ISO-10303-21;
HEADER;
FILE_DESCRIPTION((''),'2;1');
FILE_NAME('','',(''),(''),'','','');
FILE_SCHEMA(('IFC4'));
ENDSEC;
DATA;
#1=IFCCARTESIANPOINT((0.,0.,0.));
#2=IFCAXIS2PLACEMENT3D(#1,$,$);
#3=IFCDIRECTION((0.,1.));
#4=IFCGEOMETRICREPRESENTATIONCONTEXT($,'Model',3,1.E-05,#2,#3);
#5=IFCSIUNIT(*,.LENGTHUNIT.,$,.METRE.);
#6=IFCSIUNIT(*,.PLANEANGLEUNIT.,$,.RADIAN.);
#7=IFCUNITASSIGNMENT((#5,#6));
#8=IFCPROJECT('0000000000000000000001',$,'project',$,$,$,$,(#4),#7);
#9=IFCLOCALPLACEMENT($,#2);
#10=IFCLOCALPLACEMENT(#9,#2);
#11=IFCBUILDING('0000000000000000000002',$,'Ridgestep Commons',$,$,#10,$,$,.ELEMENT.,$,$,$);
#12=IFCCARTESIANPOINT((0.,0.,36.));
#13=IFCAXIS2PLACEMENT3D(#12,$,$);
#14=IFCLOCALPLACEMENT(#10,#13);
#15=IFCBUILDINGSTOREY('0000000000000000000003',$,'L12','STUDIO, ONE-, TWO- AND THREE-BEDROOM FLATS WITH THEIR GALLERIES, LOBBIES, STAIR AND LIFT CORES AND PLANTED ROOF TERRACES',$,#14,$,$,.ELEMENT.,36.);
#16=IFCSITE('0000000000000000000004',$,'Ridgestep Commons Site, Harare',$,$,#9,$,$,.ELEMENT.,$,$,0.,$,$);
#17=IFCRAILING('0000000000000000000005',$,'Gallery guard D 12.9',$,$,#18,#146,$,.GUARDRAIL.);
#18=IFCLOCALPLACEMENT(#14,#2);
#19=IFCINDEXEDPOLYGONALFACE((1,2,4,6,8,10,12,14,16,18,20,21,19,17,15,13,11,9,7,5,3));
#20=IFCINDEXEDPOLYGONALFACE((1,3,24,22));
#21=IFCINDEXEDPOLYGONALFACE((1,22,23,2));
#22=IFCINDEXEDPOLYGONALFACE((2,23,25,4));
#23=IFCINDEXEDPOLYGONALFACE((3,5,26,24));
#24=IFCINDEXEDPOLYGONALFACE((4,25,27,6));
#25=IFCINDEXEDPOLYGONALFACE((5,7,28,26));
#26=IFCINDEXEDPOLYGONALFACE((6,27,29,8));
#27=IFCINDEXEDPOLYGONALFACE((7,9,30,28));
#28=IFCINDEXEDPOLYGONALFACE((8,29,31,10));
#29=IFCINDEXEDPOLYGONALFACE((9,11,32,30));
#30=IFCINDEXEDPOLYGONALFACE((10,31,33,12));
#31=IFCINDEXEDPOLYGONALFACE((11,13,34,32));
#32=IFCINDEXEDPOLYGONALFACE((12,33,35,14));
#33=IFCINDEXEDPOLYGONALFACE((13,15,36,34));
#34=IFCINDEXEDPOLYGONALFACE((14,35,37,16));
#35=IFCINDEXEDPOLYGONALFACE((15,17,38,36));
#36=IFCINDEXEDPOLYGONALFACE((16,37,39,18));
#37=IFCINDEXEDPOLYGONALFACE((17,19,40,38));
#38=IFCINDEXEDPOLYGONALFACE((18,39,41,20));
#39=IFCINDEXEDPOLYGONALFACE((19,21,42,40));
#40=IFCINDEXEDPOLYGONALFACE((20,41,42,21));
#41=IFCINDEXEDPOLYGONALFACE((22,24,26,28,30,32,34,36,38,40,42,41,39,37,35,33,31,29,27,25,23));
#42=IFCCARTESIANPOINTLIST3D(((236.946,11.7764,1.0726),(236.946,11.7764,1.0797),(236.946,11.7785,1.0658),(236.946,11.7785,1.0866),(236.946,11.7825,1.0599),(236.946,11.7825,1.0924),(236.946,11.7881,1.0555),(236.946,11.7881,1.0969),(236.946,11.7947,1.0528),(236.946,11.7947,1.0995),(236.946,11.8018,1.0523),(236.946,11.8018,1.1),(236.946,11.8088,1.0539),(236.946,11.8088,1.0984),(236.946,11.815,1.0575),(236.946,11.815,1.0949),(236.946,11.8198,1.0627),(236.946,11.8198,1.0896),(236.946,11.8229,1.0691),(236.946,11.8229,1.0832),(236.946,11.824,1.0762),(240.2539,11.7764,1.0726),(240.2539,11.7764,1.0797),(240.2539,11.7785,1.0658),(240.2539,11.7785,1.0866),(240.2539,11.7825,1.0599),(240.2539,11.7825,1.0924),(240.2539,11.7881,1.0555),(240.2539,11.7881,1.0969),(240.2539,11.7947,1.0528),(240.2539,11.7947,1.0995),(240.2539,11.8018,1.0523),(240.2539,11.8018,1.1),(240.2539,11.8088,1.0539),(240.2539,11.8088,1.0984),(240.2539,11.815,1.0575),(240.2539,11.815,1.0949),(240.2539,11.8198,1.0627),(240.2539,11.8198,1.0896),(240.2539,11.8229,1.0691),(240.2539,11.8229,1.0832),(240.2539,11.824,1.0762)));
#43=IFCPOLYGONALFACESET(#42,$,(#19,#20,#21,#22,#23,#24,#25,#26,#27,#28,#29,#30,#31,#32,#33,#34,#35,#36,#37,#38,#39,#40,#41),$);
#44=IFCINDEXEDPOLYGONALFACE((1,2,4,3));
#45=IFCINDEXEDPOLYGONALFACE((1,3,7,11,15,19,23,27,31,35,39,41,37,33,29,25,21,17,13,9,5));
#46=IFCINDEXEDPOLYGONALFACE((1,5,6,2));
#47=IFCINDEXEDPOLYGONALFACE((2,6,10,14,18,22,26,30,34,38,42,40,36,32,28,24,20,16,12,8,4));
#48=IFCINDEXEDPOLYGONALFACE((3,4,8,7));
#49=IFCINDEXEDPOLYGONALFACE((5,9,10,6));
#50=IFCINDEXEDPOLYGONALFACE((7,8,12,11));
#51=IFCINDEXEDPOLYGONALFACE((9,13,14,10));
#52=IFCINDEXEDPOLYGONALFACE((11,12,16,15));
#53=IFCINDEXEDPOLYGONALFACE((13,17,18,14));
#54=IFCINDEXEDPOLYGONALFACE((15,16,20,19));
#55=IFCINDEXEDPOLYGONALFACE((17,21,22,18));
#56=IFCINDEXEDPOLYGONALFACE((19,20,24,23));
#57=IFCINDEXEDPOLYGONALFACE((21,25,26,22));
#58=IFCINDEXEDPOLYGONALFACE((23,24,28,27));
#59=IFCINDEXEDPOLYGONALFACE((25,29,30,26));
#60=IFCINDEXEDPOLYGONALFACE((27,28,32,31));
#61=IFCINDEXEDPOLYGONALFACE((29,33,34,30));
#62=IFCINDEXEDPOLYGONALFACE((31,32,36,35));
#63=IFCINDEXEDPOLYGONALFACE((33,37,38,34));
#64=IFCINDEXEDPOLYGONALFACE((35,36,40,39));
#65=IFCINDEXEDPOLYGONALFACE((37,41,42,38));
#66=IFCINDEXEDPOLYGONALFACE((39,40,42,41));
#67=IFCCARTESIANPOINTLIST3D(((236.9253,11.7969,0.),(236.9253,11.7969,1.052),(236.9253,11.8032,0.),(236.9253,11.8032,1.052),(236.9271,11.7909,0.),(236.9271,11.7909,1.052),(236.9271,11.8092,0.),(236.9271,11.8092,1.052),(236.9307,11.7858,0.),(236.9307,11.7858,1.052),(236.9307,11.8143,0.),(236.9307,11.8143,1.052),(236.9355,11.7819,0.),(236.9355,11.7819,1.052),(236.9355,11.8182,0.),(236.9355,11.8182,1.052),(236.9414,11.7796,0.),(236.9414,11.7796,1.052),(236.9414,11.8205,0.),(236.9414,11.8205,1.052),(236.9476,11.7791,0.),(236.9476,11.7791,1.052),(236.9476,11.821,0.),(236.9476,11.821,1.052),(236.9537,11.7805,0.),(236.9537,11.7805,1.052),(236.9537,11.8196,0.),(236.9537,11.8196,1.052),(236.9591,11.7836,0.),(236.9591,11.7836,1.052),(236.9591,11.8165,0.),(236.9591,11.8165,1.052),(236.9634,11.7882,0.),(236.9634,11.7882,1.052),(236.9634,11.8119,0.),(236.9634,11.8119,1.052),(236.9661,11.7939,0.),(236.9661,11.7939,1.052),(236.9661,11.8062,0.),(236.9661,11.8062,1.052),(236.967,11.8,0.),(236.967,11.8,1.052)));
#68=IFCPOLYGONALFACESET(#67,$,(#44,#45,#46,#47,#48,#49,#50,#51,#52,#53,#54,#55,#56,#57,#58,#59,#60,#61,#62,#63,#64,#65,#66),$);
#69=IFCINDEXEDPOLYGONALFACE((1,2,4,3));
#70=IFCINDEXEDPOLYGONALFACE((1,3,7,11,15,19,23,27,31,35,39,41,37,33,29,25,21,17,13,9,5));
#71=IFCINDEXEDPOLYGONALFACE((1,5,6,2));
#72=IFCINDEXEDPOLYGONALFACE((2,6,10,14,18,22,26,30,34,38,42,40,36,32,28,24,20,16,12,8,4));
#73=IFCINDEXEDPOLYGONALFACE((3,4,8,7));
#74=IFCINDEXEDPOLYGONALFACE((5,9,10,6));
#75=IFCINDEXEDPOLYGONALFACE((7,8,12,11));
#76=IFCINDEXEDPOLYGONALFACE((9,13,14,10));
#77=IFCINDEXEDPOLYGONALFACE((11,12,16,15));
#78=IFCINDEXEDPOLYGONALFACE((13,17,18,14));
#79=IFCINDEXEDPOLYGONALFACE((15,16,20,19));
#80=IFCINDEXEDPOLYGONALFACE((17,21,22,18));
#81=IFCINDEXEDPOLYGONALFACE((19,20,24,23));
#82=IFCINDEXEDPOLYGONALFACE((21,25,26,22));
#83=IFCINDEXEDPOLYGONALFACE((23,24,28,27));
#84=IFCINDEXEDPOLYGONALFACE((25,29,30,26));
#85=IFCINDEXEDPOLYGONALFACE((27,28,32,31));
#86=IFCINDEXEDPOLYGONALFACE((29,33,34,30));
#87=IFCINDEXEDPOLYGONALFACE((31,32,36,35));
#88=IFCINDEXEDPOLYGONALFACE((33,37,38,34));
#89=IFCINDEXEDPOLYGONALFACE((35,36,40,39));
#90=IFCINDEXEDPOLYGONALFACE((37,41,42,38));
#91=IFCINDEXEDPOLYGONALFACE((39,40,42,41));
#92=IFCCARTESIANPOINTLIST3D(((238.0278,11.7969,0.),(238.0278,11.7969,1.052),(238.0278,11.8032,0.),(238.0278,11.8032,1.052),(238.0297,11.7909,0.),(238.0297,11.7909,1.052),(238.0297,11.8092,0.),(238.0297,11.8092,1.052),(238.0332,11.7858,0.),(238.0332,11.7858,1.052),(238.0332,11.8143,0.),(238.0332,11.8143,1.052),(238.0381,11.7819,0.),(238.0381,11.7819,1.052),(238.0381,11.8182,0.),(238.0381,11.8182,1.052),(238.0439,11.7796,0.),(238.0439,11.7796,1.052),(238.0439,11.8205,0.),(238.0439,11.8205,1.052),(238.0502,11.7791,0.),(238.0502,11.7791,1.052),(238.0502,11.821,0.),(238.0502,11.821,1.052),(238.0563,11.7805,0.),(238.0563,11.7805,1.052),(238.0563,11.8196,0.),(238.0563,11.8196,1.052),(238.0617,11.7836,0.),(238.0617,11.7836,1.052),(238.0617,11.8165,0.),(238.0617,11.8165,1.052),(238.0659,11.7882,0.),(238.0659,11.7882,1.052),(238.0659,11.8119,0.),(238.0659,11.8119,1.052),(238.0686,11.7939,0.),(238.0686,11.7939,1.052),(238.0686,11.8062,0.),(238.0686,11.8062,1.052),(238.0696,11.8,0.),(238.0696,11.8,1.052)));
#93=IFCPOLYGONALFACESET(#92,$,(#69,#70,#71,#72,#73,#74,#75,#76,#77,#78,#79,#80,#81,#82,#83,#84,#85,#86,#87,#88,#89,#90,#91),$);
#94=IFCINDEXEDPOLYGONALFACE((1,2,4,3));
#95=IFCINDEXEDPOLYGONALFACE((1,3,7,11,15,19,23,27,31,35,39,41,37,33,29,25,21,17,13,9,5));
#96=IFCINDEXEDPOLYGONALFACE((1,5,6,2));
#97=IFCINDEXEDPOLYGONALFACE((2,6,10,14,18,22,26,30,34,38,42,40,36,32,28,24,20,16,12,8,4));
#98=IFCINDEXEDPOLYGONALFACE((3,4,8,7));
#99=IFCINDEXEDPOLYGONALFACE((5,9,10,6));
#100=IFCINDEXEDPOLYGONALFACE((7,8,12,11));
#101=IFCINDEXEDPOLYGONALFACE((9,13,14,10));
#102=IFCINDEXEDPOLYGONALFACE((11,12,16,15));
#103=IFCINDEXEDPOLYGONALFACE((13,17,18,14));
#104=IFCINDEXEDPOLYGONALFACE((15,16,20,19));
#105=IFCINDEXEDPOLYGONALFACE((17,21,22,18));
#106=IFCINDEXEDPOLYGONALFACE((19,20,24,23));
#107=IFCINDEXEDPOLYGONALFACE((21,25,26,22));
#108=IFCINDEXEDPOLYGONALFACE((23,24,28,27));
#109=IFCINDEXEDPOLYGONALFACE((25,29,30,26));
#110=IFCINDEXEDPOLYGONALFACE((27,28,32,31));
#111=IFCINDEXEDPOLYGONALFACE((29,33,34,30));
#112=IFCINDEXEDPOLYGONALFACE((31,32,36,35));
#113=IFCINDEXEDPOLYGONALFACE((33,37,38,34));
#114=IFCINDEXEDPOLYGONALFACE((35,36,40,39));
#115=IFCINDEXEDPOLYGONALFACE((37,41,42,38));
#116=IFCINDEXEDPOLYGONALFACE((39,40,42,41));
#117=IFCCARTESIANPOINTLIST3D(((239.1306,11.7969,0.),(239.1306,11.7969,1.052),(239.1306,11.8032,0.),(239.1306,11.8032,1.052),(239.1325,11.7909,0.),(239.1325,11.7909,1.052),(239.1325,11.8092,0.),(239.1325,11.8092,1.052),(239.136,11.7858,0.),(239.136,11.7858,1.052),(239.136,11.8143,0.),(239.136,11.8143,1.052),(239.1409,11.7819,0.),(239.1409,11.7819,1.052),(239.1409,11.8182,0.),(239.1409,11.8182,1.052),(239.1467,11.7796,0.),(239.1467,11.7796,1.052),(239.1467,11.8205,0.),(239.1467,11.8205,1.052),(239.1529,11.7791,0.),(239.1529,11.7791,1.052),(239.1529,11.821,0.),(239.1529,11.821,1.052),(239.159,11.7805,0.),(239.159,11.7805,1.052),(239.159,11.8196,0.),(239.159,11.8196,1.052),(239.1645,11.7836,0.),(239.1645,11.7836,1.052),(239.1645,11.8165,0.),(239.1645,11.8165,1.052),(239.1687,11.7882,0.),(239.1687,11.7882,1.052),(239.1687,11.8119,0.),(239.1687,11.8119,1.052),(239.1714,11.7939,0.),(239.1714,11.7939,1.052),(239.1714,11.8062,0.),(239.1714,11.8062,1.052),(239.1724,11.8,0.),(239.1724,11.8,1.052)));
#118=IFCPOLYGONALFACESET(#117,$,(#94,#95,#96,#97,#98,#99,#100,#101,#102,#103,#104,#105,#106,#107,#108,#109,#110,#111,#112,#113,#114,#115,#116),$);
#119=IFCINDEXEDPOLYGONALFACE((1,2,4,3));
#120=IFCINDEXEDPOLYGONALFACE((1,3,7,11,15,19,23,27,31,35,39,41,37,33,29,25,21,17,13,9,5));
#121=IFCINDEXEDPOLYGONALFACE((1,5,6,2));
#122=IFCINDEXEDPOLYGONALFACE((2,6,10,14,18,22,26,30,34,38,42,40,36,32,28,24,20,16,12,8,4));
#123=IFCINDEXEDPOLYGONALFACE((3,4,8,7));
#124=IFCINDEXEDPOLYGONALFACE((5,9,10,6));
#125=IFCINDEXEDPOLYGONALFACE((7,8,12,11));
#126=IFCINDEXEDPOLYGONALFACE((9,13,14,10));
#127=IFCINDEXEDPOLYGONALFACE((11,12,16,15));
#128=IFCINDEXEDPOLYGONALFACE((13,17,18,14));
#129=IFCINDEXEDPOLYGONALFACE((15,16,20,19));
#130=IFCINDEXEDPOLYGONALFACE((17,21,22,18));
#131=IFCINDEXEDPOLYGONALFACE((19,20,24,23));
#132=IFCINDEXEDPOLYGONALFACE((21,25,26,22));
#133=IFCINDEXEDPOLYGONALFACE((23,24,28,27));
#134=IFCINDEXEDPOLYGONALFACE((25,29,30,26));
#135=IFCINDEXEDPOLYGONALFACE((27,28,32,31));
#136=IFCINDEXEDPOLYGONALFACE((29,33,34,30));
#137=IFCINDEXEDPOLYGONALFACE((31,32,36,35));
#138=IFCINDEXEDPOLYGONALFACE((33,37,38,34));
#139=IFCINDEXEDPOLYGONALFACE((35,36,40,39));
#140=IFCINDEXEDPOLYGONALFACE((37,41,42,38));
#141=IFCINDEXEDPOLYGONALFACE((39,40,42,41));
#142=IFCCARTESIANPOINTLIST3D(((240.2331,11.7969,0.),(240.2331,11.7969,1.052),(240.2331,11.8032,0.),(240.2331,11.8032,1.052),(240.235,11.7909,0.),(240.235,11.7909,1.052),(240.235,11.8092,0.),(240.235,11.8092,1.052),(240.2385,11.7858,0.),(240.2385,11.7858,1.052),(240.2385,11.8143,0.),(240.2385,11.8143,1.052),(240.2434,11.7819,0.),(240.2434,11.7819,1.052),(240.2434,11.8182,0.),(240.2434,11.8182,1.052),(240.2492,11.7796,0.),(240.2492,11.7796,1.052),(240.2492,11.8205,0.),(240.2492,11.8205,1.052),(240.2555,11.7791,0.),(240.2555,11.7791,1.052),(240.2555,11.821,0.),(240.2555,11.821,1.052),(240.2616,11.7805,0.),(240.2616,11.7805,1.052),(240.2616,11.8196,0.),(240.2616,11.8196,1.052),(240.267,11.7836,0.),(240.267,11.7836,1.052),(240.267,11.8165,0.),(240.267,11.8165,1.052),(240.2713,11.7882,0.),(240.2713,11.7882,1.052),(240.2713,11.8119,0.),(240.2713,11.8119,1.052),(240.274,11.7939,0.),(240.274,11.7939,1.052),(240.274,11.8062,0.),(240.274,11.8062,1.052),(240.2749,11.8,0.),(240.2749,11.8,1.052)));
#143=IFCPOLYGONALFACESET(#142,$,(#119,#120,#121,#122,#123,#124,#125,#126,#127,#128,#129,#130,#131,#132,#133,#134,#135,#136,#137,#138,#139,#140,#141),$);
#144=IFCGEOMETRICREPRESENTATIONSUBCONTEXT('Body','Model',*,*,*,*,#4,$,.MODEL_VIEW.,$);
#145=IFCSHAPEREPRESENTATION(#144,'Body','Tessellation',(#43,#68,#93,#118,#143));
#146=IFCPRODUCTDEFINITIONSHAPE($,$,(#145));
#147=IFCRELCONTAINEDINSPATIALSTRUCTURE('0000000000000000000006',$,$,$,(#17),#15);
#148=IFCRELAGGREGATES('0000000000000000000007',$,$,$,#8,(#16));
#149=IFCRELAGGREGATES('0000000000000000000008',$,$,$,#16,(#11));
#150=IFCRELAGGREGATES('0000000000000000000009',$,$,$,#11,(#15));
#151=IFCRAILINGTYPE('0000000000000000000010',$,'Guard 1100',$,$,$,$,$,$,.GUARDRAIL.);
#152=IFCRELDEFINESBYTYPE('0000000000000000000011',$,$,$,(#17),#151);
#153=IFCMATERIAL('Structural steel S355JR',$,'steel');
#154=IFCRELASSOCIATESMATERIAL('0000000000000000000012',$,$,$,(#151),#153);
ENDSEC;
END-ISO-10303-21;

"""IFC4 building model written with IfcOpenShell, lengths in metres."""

from ifc_helpers import new_model, si_unit, direction, frame, origin, origin_2d, place, context, subcontext, project, spatial, circle, extrude, material, type_object, element, save


model = new_model("IFC4")

# Units and contexts
model_context = context("Model", 3, precision=1e-05, world=origin(), true_north=direction((0.0, 1.0)))
body_context = subcontext(model_context, "Body", "Model", "MODEL_VIEW")
ifc_project = project(units=[si_unit("LENGTHUNIT", "METRE"), si_unit("PLANEANGLEUNIT", "RADIAN")], contexts=[model_context])

# Site, building, storey
site_placement = place(None, origin())
site = spatial("IfcSite", under=ifc_project, at=site_placement, Name="Ridgestep Commons Site, Harare", CompositionType="ELEMENT", RefElevation=0.0)
building_placement = place(site_placement, origin())
building = spatial("IfcBuilding", under=site, at=building_placement, Name="Ridgestep Commons", CompositionType="ELEMENT")
storey_placement = place(building_placement, frame((0.0, 0.0, 36.0)))
storey = spatial("IfcBuildingStorey", under=building, at=storey_placement, Name="L12", Description="STUDIO, ONE-, TWO- AND THREE-BEDROOM FLATS WITH THEIR GALLERIES, LOBBIES, STAIR AND LIFT CORES AND PLANTED ROOF TERRACES", CompositionType="ELEMENT", Elevation=36.0)

# Railing
ifc_material_1 = material(Name="Structural steel S355JR", Category="steel")
railing_type = type_object("IfcRailingType", Name="Guard 1100", PredefinedType="GUARDRAIL", material=ifc_material_1)
railing_1_placement = place(storey_placement, frame((236.946, 11.8, 0.0)))
element("IfcRailing", 1, at=railing_1_placement, inside=storey, type_object=railing_type, Name="Gallery guard D 12.9", PredefinedType="GUARDRAIL", context=body_context, shape_type="SweptSolid", body=[
    extrude(circle(Radius=0.0239, at=origin_2d()), frame((0.0, 0.0, 1.0762), z_axis=(1.0, 0.0, 0.0), x_axis=(0.0, 1.0, 0.0)), (0.0, 0.0, 1.0), 3.3079),
    extrude(circle(Radius=0.021, at=origin_2d()), origin(), (0.0, 0.0, 1.0), 1.052),
    extrude(circle(Radius=0.021, at=origin_2d()), frame((1.1025, 0.0, 0.0)), (0.0, 0.0, 1.0), 1.052),
    extrude(circle(Radius=0.021, at=origin_2d()), frame((2.2053, 0.0, 0.0)), (0.0, 0.0, 1.0), 1.052),
    extrude(circle(Radius=0.021, at=origin_2d()), frame((3.3079, 0.0, 0.0)), (0.0, 0.0, 1.0), 1.052),
])

save(model, "model.ifc")
